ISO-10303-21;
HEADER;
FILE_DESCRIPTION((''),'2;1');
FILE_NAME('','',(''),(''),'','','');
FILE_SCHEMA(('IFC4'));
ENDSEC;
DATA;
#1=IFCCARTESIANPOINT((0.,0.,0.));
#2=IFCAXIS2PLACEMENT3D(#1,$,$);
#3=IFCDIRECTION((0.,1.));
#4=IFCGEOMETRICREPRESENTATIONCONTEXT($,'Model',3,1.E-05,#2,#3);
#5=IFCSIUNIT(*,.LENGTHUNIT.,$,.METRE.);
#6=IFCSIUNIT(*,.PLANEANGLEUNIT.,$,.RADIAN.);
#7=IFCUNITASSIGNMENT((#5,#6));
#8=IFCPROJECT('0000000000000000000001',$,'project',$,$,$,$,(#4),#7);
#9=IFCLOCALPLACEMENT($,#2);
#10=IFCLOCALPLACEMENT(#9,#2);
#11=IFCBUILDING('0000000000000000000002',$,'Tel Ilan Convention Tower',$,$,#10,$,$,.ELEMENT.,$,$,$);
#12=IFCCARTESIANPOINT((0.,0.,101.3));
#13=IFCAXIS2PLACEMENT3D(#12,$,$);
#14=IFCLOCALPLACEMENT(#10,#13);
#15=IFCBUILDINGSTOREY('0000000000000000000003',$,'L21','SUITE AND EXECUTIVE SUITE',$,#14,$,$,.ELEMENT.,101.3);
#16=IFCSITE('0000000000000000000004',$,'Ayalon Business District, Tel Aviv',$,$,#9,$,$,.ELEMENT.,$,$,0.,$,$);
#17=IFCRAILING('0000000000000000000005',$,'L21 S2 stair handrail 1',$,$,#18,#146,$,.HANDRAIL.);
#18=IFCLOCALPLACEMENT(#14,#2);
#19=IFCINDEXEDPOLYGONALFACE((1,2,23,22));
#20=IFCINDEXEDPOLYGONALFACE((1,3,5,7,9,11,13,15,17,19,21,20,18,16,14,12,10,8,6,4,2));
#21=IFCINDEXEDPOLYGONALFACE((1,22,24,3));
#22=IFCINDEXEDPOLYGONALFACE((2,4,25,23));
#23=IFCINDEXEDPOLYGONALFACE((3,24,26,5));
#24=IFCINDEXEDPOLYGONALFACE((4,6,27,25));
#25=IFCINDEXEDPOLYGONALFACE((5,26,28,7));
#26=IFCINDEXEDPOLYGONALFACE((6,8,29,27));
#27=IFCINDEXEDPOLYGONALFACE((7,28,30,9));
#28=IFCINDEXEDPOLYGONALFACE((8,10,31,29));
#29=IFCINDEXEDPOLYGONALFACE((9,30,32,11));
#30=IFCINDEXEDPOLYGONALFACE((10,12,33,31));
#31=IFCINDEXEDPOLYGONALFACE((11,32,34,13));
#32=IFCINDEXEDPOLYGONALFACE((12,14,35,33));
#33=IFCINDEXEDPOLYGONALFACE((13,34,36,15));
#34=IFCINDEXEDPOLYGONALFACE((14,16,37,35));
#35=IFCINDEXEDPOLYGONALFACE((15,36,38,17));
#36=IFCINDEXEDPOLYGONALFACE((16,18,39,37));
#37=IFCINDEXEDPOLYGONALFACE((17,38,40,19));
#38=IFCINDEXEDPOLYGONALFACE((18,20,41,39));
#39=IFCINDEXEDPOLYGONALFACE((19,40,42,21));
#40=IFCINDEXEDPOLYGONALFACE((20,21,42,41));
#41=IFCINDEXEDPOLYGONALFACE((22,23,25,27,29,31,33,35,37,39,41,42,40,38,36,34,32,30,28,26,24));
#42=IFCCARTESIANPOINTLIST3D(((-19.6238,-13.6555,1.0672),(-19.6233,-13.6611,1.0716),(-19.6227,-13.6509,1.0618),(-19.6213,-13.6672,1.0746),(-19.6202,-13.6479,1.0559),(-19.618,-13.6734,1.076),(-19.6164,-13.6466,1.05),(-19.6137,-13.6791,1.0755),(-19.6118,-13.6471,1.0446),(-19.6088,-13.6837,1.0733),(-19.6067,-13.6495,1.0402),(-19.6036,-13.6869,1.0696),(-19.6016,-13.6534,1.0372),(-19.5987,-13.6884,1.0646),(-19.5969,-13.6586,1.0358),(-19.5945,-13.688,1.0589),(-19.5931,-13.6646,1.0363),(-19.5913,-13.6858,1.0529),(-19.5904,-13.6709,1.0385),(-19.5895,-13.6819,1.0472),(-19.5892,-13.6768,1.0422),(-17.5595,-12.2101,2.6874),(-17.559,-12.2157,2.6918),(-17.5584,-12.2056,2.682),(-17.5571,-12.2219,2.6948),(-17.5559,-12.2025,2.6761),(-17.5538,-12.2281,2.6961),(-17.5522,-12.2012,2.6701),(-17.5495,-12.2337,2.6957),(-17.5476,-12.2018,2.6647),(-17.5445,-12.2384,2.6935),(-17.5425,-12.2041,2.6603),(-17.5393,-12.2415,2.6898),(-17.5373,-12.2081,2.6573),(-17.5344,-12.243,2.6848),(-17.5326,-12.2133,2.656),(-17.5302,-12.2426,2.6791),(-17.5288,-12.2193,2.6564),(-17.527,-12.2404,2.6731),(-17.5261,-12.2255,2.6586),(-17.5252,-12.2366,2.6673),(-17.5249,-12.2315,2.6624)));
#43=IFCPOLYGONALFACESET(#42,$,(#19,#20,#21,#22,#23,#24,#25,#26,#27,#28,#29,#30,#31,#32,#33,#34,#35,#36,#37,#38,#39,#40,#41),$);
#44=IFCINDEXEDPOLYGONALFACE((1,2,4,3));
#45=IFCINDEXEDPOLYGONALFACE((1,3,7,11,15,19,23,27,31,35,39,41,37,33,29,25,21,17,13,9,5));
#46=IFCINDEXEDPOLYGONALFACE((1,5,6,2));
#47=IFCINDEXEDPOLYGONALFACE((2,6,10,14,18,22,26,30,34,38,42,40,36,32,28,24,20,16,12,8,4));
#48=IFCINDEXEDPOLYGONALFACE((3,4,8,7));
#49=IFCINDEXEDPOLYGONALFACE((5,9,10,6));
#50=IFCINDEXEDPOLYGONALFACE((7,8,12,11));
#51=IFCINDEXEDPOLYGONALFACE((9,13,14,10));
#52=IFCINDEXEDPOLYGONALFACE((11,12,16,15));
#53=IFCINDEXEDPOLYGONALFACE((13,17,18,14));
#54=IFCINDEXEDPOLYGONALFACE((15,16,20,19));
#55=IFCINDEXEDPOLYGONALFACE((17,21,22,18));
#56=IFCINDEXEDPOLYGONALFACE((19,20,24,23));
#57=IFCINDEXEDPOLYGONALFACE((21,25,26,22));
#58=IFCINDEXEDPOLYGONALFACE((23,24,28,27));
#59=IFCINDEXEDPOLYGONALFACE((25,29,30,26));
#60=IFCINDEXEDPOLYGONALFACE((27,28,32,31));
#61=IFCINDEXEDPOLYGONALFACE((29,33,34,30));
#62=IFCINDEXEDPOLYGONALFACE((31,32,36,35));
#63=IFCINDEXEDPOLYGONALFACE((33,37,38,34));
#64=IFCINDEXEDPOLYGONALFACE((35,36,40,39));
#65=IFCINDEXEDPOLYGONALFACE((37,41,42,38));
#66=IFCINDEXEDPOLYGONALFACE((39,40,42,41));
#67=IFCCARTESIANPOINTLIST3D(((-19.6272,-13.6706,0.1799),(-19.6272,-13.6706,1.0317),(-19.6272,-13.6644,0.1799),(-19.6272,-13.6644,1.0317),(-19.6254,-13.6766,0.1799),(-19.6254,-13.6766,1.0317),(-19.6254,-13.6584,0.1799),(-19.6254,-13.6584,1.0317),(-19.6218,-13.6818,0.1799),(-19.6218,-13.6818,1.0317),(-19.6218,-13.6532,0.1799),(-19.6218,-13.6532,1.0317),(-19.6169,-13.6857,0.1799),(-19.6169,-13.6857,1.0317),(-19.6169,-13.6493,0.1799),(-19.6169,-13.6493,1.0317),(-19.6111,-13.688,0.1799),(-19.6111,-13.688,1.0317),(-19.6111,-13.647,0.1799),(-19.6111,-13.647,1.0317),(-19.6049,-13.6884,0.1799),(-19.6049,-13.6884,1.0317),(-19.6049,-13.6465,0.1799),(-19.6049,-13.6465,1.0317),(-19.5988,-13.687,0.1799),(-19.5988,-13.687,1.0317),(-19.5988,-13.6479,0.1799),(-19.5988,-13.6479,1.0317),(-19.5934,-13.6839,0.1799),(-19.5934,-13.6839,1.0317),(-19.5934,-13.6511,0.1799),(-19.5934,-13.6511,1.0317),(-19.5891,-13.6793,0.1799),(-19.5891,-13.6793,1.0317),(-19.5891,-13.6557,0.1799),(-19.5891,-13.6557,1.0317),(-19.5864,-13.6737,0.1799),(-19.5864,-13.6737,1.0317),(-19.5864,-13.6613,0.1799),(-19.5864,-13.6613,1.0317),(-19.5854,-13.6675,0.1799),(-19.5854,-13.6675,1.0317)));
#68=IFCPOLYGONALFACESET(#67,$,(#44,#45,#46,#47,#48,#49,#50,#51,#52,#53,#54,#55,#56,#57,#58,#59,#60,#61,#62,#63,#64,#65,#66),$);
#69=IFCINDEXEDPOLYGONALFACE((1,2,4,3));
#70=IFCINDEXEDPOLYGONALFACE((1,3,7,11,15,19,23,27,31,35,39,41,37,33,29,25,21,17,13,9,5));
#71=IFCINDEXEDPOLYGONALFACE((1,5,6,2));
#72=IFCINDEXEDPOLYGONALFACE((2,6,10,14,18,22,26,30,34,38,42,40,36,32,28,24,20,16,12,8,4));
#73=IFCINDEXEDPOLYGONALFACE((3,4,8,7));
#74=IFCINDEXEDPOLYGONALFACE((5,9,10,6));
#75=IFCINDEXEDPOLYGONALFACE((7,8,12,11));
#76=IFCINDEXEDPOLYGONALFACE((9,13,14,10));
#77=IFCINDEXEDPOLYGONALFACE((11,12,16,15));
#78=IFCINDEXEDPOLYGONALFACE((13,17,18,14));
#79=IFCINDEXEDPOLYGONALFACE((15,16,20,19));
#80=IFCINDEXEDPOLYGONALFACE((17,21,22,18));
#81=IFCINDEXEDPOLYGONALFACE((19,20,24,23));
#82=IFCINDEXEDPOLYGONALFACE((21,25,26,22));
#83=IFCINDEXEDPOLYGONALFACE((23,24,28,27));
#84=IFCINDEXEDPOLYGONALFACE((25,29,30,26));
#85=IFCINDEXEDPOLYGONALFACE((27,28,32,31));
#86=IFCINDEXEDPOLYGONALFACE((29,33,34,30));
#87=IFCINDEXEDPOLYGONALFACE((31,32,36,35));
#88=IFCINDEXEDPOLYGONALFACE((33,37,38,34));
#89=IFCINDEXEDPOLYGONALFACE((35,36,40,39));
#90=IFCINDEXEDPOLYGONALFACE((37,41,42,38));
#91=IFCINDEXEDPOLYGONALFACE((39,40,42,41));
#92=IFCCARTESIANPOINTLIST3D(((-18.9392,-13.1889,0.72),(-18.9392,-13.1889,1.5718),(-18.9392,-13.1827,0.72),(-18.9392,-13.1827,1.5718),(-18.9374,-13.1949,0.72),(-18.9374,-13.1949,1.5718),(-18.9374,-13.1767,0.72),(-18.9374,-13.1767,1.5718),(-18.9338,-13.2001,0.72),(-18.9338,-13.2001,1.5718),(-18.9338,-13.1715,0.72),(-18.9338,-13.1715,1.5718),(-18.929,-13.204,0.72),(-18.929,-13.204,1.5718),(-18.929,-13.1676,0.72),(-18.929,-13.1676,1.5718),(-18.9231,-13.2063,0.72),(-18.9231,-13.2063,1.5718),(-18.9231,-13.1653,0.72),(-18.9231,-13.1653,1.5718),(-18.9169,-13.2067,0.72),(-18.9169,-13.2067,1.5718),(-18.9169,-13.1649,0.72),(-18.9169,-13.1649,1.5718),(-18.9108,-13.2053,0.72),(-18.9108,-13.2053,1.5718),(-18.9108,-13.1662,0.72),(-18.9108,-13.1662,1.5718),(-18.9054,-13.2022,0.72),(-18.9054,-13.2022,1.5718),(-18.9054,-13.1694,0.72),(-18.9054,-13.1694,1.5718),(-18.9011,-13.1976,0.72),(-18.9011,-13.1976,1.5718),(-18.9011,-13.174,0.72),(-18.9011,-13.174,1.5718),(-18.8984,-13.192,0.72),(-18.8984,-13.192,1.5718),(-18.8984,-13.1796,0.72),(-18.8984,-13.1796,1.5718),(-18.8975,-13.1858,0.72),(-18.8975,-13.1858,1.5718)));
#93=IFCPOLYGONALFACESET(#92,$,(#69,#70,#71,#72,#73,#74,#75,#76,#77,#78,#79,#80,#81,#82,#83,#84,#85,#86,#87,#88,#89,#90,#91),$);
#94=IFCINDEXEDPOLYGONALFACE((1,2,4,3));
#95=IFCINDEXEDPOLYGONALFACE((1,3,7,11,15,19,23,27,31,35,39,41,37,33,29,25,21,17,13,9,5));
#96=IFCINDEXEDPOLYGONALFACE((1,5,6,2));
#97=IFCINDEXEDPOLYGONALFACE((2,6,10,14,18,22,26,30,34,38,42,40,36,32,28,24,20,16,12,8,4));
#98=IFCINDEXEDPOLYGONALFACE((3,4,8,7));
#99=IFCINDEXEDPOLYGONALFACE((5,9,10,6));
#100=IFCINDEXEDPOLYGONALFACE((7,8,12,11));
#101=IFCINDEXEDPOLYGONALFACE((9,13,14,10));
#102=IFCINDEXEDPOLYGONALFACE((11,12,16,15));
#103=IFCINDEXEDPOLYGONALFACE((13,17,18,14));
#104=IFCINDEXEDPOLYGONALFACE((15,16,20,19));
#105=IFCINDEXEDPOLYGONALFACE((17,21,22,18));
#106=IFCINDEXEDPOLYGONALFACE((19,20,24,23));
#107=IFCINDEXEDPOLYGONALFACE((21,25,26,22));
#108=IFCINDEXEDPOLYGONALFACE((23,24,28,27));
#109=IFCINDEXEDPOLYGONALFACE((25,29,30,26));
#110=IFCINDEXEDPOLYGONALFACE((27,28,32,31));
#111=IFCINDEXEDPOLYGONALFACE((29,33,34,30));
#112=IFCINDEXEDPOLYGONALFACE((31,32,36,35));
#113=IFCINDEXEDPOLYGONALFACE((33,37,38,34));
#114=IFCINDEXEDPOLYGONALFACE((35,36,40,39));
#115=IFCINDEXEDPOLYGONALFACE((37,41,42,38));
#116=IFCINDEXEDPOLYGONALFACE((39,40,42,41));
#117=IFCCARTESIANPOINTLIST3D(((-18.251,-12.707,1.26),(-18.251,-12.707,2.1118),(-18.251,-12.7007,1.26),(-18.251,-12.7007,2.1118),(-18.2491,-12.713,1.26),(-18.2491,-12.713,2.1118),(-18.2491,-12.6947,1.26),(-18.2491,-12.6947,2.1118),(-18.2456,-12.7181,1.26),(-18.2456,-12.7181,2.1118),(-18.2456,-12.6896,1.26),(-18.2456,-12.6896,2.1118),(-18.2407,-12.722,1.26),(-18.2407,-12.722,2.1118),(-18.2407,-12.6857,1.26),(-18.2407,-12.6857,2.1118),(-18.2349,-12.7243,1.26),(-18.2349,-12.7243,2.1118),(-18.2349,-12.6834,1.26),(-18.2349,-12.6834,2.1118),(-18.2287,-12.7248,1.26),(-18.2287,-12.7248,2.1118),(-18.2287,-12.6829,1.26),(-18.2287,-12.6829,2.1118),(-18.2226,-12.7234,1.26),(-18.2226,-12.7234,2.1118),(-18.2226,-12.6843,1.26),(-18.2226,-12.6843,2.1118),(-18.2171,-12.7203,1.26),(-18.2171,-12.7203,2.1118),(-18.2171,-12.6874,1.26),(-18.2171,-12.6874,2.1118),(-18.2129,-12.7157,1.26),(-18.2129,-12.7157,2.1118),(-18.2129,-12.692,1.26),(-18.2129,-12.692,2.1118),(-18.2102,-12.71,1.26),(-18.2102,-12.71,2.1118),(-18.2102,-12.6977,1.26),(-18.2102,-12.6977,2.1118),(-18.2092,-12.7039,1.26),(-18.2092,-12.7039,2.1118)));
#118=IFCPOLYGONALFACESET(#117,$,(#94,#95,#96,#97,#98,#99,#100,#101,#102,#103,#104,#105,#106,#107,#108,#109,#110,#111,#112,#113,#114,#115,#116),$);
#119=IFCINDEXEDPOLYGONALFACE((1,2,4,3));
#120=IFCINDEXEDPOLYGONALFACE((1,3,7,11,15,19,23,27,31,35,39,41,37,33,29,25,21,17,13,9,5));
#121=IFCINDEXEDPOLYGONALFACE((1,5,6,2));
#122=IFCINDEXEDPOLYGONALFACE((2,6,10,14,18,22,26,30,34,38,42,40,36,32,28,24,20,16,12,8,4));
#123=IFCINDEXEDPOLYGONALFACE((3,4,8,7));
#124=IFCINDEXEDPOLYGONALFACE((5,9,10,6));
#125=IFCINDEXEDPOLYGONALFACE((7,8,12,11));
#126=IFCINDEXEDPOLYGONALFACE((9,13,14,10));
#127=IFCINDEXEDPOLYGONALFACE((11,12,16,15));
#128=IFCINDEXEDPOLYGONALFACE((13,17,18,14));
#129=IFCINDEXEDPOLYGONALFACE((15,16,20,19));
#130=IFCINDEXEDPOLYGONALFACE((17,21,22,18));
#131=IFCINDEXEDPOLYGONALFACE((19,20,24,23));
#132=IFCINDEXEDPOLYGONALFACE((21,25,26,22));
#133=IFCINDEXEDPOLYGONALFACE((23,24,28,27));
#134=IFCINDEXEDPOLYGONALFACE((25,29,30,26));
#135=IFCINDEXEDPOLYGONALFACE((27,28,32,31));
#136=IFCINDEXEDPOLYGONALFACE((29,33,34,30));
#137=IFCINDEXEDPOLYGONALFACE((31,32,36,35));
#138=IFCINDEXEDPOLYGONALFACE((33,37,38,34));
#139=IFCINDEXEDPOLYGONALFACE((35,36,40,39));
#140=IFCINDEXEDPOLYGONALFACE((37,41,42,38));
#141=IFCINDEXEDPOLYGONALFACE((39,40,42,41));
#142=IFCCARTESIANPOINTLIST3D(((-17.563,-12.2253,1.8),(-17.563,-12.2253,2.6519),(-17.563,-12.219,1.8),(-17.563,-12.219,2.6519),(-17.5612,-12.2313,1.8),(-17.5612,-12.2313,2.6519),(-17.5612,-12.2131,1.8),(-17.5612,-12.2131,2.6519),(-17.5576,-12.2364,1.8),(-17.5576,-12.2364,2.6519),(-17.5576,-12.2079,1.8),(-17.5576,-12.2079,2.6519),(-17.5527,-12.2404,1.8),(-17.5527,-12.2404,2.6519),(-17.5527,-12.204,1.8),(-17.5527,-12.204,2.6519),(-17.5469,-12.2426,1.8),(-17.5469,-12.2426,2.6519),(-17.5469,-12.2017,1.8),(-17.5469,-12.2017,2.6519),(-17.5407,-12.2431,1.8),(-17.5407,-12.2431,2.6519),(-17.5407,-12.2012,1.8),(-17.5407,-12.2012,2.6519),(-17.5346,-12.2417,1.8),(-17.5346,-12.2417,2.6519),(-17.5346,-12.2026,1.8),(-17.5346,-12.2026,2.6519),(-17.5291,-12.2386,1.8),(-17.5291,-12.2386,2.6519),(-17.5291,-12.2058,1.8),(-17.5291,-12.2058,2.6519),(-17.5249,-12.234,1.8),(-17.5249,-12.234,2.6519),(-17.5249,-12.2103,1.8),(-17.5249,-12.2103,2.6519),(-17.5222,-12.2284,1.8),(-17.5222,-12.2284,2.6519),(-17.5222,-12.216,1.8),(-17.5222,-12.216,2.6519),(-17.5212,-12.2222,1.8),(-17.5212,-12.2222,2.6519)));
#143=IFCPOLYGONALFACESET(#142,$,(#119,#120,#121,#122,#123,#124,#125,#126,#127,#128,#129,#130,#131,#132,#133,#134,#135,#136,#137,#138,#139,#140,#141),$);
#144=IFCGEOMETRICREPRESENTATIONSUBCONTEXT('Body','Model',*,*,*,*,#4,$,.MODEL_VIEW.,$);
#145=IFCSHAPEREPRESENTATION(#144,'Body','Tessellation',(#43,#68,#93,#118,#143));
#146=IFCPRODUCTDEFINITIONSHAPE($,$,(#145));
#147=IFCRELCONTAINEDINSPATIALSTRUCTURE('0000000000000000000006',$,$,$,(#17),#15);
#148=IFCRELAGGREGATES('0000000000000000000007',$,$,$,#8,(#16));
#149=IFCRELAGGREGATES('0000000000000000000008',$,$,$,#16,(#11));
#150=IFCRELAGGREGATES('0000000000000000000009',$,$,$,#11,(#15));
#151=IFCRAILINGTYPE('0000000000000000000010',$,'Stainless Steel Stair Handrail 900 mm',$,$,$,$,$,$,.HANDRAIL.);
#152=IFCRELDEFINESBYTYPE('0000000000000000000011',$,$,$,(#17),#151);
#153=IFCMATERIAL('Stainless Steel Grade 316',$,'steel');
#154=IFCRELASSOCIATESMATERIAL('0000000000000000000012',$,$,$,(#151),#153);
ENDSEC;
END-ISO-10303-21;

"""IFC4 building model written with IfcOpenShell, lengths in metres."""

from ifc_helpers import new_model, si_unit, direction, frame, origin, origin_2d, place, context, subcontext, project, spatial, circle, extrude, material, type_object, element, save


model = new_model("IFC4")

# Units and contexts
model_context = context("Model", 3, precision=1e-05, world=origin(), true_north=direction((0.0, 1.0)))
body_context = subcontext(model_context, "Body", "Model", "MODEL_VIEW")
ifc_project = project(units=[si_unit("LENGTHUNIT", "METRE"), si_unit("PLANEANGLEUNIT", "RADIAN")], contexts=[model_context])

# Site, building, storey
site_placement = place(None, origin())
site = spatial("IfcSite", under=ifc_project, at=site_placement, Name="Ayalon Business District, Tel Aviv", CompositionType="ELEMENT", RefElevation=0.0)
building_placement = place(site_placement, origin())
building = spatial("IfcBuilding", under=site, at=building_placement, Name="Tel Ilan Convention Tower", CompositionType="ELEMENT")
storey_placement = place(building_placement, frame((0.0, 0.0, 101.3)))
storey = spatial("IfcBuildingStorey", under=building, at=storey_placement, Name="L21", Description="SUITE AND EXECUTIVE SUITE", CompositionType="ELEMENT", Elevation=101.3)

# Railing
ifc_material_1 = material(Name="Stainless Steel Grade 316", Category="steel")
railing_type_1 = type_object("IfcRailingType", Name="Stainless Steel Stair Handrail 900 mm", PredefinedType="HANDRAIL", material=ifc_material_1)
railing_1_placement = place(storey_placement, frame((-19.6064, -13.6675, 0.1799)))
element("IfcRailing", 1, at=railing_1_placement, inside=storey, type_object=railing_type_1, Name="L21 S2 stair handrail 1", PredefinedType="HANDRAIL", context=body_context, shape_type="SweptSolid", body=[
    extrude(circle(Radius=0.0239, at=origin_2d()), frame((0.0, 0.0, 0.876), z_axis=(0.68904, 0.48245, 0.540801), x_axis=(-0.57356, 0.819164, 0.0)), (0.0, 0.0, 1.0), 2.9958),
    extrude(circle(Radius=0.021, at=origin_2d()), origin(), (0.0, 0.0, 1.0), 0.8518),
    extrude(circle(Radius=0.021, at=origin_2d()), frame((0.688, 0.4817, 0.54)), (0.0, 0.0, 1.0), 0.8518),
    extrude(circle(Radius=0.021, at=origin_2d()), frame((1.3762, 0.9636, 1.0801)), (0.0, 0.0, 1.0), 0.8518),
    extrude(circle(Radius=0.021, at=origin_2d()), frame((2.0642, 1.4453, 1.6201)), (0.0, 0.0, 1.0), 0.8518),
])

save(model, "model.ifc")
